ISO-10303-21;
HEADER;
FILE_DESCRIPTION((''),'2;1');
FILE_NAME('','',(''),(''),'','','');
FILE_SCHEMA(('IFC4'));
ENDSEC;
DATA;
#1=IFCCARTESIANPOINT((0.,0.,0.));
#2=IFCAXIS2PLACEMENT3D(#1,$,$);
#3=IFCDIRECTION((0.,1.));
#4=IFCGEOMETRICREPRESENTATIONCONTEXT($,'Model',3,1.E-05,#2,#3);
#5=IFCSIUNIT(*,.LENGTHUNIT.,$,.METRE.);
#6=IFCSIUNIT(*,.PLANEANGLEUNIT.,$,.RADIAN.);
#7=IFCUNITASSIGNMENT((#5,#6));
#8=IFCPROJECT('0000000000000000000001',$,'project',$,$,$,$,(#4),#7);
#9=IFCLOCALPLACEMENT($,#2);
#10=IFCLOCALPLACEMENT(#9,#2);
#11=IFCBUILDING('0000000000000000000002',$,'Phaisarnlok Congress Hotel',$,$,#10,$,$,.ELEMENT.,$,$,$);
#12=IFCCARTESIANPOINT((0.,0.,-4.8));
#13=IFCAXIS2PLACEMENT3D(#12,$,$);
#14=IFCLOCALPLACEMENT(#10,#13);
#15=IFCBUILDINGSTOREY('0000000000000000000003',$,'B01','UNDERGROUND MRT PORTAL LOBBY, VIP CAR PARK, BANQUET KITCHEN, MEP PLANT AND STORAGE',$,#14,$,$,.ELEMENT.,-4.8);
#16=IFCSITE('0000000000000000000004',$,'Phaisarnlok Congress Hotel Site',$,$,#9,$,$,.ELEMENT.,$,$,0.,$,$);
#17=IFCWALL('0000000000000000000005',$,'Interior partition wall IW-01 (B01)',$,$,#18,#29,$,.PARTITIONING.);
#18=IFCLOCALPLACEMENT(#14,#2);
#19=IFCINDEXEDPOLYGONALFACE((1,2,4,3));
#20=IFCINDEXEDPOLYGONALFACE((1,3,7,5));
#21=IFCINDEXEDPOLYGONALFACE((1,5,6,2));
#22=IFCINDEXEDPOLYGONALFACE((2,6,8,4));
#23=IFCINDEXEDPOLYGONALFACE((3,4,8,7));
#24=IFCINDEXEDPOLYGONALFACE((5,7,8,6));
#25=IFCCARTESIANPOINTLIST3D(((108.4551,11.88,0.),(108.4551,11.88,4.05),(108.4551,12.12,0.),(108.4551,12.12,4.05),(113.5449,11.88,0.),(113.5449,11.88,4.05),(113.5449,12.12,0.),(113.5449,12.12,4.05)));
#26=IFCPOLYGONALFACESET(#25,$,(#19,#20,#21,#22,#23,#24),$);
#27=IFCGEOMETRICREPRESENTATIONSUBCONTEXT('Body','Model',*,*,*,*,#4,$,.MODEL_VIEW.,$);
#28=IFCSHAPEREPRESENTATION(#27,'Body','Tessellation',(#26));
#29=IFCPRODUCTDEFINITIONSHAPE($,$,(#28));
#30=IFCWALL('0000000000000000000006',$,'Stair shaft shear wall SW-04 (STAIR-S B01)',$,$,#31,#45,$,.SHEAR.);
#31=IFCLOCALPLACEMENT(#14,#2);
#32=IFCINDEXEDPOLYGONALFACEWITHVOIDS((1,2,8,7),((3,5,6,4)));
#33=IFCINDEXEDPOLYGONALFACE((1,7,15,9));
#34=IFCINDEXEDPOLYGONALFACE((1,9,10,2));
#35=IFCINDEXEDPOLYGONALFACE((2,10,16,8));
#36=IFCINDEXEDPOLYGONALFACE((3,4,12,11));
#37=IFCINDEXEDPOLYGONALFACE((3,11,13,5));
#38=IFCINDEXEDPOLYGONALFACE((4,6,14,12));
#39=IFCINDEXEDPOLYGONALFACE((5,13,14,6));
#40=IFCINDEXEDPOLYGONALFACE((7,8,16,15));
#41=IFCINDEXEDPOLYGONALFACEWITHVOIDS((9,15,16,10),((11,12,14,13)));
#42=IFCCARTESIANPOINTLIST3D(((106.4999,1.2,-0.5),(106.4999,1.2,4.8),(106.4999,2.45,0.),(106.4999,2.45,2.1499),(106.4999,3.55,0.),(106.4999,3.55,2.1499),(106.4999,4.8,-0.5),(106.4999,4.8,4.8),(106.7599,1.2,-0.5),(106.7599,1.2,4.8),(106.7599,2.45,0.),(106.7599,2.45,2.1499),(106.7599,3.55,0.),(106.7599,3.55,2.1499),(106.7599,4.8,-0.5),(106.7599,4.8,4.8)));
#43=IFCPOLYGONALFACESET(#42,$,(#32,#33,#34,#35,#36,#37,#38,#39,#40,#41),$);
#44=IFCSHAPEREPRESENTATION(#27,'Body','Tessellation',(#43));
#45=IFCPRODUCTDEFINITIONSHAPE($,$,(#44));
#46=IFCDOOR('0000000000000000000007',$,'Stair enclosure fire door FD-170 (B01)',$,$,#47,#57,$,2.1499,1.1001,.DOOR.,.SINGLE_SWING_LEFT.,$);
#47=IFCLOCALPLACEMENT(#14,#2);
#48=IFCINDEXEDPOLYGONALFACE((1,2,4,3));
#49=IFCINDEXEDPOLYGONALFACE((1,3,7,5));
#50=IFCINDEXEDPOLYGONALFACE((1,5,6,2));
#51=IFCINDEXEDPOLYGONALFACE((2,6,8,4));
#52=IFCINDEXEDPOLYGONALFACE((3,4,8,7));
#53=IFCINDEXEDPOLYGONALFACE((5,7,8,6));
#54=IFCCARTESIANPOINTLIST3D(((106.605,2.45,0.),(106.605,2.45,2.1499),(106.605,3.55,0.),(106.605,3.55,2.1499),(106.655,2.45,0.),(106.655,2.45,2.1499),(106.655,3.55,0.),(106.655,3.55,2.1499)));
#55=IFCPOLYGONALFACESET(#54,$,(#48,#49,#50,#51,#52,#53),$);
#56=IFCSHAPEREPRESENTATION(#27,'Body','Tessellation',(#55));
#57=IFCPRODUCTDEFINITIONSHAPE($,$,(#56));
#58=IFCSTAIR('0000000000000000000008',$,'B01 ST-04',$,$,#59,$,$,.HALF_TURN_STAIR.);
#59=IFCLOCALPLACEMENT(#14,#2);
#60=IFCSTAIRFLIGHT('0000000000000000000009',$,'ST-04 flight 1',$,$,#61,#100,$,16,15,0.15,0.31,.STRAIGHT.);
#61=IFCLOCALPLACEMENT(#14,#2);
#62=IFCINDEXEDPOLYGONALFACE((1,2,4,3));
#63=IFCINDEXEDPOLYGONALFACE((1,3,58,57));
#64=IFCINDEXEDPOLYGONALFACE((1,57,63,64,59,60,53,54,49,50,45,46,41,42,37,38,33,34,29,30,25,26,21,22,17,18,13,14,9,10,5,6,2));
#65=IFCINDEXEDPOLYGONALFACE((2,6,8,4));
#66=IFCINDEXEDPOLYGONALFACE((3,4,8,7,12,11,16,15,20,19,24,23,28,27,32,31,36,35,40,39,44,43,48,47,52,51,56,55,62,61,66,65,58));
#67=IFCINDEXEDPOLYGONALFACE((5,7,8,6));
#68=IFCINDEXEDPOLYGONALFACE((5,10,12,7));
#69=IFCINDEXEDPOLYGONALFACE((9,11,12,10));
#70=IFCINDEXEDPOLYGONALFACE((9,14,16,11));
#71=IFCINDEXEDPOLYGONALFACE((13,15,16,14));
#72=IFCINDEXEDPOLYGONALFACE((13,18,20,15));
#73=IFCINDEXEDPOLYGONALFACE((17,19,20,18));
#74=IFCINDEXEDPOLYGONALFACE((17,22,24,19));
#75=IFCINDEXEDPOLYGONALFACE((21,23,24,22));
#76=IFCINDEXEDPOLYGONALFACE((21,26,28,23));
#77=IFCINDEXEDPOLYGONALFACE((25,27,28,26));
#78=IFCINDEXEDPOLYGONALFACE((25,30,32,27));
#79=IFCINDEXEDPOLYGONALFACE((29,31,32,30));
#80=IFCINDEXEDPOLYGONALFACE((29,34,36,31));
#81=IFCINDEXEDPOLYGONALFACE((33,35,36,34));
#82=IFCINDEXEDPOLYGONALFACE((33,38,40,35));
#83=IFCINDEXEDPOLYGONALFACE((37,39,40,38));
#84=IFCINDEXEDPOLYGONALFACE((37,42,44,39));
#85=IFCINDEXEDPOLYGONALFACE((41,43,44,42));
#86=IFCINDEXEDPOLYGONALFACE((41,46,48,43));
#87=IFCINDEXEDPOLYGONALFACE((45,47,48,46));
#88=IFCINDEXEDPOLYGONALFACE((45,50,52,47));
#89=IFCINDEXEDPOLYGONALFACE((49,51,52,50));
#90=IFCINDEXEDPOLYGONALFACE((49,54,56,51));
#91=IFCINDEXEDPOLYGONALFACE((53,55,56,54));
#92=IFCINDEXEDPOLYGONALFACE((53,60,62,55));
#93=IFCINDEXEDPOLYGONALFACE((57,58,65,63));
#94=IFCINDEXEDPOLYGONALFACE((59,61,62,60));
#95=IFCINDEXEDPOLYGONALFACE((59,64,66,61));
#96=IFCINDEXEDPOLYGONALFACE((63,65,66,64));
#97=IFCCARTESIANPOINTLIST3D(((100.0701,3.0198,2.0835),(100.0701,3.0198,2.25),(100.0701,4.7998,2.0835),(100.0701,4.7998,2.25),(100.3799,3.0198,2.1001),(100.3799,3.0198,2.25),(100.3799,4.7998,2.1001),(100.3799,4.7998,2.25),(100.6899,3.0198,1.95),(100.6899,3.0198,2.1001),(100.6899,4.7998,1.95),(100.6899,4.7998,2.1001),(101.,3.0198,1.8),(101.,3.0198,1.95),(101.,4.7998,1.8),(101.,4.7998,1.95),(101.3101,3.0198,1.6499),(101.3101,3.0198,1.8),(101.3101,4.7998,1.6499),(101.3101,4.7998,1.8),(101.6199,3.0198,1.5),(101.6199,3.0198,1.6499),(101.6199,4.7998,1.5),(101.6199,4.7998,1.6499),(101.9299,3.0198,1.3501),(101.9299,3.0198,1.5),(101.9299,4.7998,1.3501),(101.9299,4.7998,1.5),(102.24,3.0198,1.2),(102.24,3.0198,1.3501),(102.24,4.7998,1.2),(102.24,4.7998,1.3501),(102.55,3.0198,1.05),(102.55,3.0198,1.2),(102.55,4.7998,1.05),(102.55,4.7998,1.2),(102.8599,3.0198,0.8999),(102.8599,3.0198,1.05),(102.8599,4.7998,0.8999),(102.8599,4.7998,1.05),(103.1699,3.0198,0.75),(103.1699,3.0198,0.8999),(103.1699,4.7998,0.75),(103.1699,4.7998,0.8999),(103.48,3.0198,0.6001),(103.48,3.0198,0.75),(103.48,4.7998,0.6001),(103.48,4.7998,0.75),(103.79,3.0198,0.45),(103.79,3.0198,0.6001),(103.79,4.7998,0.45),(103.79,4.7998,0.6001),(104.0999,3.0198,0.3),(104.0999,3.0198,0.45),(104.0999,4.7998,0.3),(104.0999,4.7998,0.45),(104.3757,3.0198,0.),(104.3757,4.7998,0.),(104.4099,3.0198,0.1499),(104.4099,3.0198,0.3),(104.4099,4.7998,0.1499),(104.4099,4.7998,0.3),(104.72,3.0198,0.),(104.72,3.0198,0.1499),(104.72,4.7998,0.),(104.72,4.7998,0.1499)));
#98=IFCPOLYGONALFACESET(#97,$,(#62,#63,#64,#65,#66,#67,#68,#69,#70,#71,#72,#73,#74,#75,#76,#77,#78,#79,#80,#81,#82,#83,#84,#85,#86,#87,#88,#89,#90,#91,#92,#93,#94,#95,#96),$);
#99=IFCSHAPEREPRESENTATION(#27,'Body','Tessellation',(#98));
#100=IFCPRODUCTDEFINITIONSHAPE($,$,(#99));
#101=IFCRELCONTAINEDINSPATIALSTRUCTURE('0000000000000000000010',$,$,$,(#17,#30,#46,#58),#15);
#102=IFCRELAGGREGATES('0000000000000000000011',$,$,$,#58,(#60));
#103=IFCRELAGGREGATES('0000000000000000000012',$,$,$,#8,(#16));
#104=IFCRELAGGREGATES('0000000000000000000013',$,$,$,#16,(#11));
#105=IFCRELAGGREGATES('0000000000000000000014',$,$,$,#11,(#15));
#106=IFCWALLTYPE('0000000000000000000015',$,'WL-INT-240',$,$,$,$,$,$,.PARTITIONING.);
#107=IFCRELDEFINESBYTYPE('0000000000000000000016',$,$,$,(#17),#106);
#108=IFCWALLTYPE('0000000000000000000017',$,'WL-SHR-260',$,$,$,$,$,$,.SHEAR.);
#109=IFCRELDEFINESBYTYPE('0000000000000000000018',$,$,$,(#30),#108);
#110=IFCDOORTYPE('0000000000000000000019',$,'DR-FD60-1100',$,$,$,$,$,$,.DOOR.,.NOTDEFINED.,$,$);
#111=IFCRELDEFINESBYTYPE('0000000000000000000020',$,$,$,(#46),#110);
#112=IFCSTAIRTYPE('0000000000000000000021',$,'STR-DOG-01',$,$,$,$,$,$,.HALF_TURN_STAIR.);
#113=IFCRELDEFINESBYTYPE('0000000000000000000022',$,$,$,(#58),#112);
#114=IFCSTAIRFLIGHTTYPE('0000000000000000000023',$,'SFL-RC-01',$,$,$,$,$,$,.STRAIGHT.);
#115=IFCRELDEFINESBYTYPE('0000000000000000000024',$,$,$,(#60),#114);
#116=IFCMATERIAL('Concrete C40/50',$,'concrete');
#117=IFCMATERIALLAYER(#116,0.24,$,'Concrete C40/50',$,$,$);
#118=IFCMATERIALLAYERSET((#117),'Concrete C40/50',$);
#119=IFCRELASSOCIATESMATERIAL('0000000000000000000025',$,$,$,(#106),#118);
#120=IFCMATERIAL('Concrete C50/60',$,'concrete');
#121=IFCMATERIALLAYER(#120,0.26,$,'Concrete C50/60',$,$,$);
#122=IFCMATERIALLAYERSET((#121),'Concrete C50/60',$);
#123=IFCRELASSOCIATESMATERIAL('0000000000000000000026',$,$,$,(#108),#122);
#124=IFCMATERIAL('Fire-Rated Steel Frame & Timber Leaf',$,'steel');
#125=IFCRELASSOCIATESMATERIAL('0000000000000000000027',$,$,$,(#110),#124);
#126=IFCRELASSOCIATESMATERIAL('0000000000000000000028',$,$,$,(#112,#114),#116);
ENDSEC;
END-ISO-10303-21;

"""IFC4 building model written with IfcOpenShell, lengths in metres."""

from ifc_helpers import new_model, si_unit, direction, frame, frame_2d, origin, place, context, subcontext, project, spatial, polyline, rectangle, outline, extrude, material, layer, layer_set, type_object, element, fill, aggregate, save


model = new_model("IFC4")

# Units and contexts
model_context = context("Model", 3, precision=1e-05, world=origin(), true_north=direction((0.0, 1.0)))
body_context = subcontext(model_context, "Body", "Model", "MODEL_VIEW")
ifc_project = project(units=[si_unit("LENGTHUNIT", "METRE"), si_unit("PLANEANGLEUNIT", "RADIAN")], contexts=[model_context])

# Site, building, storey
site_placement = place(None, origin())
site = spatial("IfcSite", under=ifc_project, at=site_placement, Name="Phaisarnlok Congress Hotel Site", CompositionType="ELEMENT", RefElevation=0.0)
building_placement = place(site_placement, origin())
building = spatial("IfcBuilding", under=site, at=building_placement, Name="Phaisarnlok Congress Hotel", CompositionType="ELEMENT")
storey_placement = place(building_placement, frame((0.0, 0.0, -4.8)))
storey = spatial("IfcBuildingStorey", under=building, at=storey_placement, Name="B01", Description="UNDERGROUND MRT PORTAL LOBBY, VIP CAR PARK, BANQUET KITCHEN, MEP PLANT AND STORAGE", CompositionType="ELEMENT", Elevation=-4.8)

# Shared definitions
ifc_material_1 = material(Name="Concrete C40/50", Category="concrete")

# Shared definitions
ifc_material_2 = material(Name="Concrete C50/60", Category="concrete")

# Wall
ifc_layer_1 = layer(ifc_material_1, 0.24, Name="Concrete C40/50")
ifc_layer_set_1 = layer_set([ifc_layer_1], Name="Concrete C40/50")
wall_type_1 = type_object("IfcWallType", Name="WL-INT-240", PredefinedType="PARTITIONING", material=ifc_layer_set_1)
wall_1_placement = place(storey_placement, frame((108.4551, 12.0, 0.0), z_axis=(0.0, 0.0, 1.0), x_axis=(1.0, 0.0, 0.0)))
element("IfcWall", 1, at=wall_1_placement, inside=storey, type_object=wall_type_1, Name="Interior partition wall IW-01 (B01)", PredefinedType="PARTITIONING", context=body_context, shape_type="SweptSolid", body=[
    extrude(rectangle(XDim=5.0898, YDim=0.24, at=frame_2d((2.5449, 0.0))), origin(), (0.0, 0.0, 1.0), 4.05),
])

# Wall, opening, door
ifc_layer_2 = layer(ifc_material_2, 0.26, Name="Concrete C50/60")
ifc_layer_set_2 = layer_set([ifc_layer_2], Name="Concrete C50/60")
wall_type_2 = type_object("IfcWallType", Name="WL-SHR-260", PredefinedType="SHEAR", material=ifc_layer_set_2)
wall_2_placement = place(storey_placement, frame((106.6299, 1.2, -0.5), z_axis=(0.0, 0.0, 1.0), x_axis=(0.0, 1.0, 0.0)))
wall_2 = element("IfcWall", 2, at=wall_2_placement, inside=storey, type_object=wall_type_2, Name="Stair shaft shear wall SW-04 (STAIR-S B01)", PredefinedType="SHEAR", context=body_context, shape_type="SweptSolid", body=[
    extrude(rectangle(XDim=3.6001, YDim=0.26, at=frame_2d((1.8, 0.0))), origin(), (0.0, 0.0, 1.0), 5.3),
])
opening_placement = place(wall_2_placement, frame((1.25, 0.0, 0.5)))
opening = element("IfcOpeningElement", 3, at=opening_placement, cuts=wall_2, PredefinedType="OPENING", context=body_context, shape_type="SweptSolid", body=[
    extrude(rectangle(XDim=1.1001, YDim=2.1499, at=frame_2d((0.55, 1.075))), frame((0.0, 0.1401, 0.0), z_axis=(0.0, -1.0, 0.0), x_axis=(1.0, 0.0, 0.0)), (0.0, 0.0, 1.0), 0.28),
])
ifc_material_3 = material(Name="Fire-Rated Steel Frame & Timber Leaf", Category="steel")
door_type = type_object("IfcDoorType", Name="DR-FD60-1100", OperationType="NOTDEFINED", PredefinedType="DOOR", material=ifc_material_3)
door_placement = place(opening_placement, origin())
door = element("IfcDoor", 4, at=door_placement, inside=storey, type_object=door_type, Name="Stair enclosure fire door FD-170 (B01)", OperationType="SINGLE_SWING_LEFT", OverallHeight=2.1499, OverallWidth=1.1001, PredefinedType="DOOR", context=body_context, shape_type="SweptSolid", body=[
    extrude(rectangle(XDim=1.1001, YDim=2.1499, at=frame_2d((0.55, 1.075))), frame((0.0, 0.0249, 0.0), z_axis=(0.0, -1.0, 0.0), x_axis=(1.0, 0.0, 0.0)), (0.0, 0.0, 1.0), 0.05),
])
fill(opening, door)

# Stair, stair flight
stair_type = type_object("IfcStairType", Name="STR-DOG-01", PredefinedType="HALF_TURN_STAIR", material=ifc_material_1)
stair_placement = place(storey_placement, origin())
stair = element("IfcStair", 5, at=stair_placement, inside=storey, type_object=stair_type, Name="B01 ST-04", PredefinedType="HALF_TURN_STAIR")
stair_flight_type = type_object("IfcStairFlightType", Name="SFL-RC-01", PredefinedType="STRAIGHT", material=ifc_material_1)
stair_flight_placement = place(storey_placement, frame((104.72, 3.9099, 0.0), z_axis=(0.0, 0.0, 1.0), x_axis=(-1.0, 0.0, 0.0)))
stair_flight = element("IfcStairFlight", 6, at=stair_flight_placement, type_object=stair_flight_type, Name="ST-04 flight 1", NumberOfRisers=16, NumberOfTreads=15, PredefinedType="STRAIGHT", RiserHeight=0.15, TreadLength=0.31, context=body_context, shape_type="SweptSolid", body=[
    extrude(outline(polyline([(0.0, 0.0), (0.0, 0.1499), (0.3101, 0.1499), (0.3101, 0.3), (0.6201, 0.3), (0.6201, 0.45), (0.9299, 0.45), (0.9299, 0.6001), (1.24, 0.6001), (1.24, 0.75), (1.55, 0.75), (1.55, 0.8999), (1.8601, 0.8999), (1.8601, 1.05), (2.1699, 1.05), (2.1699, 1.2), (2.48, 1.2), (2.48, 1.3501), (2.79, 1.3501), (2.79, 1.5), (3.1001, 1.5), (3.1001, 1.6499), (3.4099, 1.6499), (3.4099, 1.8), (3.72, 1.8), (3.72, 1.95), (4.03, 1.95), (4.03, 2.1001), (4.3401, 2.1001), (4.3401, 2.25), (4.6499, 2.25), (4.6499, 2.3999), (4.6499, 2.0835), (0.3442, 0.0), (0.0, 0.0)])), frame((0.0, 0.8901, 0.0), z_axis=(0.0, -1.0, 0.0), x_axis=(1.0, 0.0, 0.0)), (0.0, 0.0, 1.0), 1.78),
])
aggregate(stair, [stair_flight])

save(model, "model.ifc")
